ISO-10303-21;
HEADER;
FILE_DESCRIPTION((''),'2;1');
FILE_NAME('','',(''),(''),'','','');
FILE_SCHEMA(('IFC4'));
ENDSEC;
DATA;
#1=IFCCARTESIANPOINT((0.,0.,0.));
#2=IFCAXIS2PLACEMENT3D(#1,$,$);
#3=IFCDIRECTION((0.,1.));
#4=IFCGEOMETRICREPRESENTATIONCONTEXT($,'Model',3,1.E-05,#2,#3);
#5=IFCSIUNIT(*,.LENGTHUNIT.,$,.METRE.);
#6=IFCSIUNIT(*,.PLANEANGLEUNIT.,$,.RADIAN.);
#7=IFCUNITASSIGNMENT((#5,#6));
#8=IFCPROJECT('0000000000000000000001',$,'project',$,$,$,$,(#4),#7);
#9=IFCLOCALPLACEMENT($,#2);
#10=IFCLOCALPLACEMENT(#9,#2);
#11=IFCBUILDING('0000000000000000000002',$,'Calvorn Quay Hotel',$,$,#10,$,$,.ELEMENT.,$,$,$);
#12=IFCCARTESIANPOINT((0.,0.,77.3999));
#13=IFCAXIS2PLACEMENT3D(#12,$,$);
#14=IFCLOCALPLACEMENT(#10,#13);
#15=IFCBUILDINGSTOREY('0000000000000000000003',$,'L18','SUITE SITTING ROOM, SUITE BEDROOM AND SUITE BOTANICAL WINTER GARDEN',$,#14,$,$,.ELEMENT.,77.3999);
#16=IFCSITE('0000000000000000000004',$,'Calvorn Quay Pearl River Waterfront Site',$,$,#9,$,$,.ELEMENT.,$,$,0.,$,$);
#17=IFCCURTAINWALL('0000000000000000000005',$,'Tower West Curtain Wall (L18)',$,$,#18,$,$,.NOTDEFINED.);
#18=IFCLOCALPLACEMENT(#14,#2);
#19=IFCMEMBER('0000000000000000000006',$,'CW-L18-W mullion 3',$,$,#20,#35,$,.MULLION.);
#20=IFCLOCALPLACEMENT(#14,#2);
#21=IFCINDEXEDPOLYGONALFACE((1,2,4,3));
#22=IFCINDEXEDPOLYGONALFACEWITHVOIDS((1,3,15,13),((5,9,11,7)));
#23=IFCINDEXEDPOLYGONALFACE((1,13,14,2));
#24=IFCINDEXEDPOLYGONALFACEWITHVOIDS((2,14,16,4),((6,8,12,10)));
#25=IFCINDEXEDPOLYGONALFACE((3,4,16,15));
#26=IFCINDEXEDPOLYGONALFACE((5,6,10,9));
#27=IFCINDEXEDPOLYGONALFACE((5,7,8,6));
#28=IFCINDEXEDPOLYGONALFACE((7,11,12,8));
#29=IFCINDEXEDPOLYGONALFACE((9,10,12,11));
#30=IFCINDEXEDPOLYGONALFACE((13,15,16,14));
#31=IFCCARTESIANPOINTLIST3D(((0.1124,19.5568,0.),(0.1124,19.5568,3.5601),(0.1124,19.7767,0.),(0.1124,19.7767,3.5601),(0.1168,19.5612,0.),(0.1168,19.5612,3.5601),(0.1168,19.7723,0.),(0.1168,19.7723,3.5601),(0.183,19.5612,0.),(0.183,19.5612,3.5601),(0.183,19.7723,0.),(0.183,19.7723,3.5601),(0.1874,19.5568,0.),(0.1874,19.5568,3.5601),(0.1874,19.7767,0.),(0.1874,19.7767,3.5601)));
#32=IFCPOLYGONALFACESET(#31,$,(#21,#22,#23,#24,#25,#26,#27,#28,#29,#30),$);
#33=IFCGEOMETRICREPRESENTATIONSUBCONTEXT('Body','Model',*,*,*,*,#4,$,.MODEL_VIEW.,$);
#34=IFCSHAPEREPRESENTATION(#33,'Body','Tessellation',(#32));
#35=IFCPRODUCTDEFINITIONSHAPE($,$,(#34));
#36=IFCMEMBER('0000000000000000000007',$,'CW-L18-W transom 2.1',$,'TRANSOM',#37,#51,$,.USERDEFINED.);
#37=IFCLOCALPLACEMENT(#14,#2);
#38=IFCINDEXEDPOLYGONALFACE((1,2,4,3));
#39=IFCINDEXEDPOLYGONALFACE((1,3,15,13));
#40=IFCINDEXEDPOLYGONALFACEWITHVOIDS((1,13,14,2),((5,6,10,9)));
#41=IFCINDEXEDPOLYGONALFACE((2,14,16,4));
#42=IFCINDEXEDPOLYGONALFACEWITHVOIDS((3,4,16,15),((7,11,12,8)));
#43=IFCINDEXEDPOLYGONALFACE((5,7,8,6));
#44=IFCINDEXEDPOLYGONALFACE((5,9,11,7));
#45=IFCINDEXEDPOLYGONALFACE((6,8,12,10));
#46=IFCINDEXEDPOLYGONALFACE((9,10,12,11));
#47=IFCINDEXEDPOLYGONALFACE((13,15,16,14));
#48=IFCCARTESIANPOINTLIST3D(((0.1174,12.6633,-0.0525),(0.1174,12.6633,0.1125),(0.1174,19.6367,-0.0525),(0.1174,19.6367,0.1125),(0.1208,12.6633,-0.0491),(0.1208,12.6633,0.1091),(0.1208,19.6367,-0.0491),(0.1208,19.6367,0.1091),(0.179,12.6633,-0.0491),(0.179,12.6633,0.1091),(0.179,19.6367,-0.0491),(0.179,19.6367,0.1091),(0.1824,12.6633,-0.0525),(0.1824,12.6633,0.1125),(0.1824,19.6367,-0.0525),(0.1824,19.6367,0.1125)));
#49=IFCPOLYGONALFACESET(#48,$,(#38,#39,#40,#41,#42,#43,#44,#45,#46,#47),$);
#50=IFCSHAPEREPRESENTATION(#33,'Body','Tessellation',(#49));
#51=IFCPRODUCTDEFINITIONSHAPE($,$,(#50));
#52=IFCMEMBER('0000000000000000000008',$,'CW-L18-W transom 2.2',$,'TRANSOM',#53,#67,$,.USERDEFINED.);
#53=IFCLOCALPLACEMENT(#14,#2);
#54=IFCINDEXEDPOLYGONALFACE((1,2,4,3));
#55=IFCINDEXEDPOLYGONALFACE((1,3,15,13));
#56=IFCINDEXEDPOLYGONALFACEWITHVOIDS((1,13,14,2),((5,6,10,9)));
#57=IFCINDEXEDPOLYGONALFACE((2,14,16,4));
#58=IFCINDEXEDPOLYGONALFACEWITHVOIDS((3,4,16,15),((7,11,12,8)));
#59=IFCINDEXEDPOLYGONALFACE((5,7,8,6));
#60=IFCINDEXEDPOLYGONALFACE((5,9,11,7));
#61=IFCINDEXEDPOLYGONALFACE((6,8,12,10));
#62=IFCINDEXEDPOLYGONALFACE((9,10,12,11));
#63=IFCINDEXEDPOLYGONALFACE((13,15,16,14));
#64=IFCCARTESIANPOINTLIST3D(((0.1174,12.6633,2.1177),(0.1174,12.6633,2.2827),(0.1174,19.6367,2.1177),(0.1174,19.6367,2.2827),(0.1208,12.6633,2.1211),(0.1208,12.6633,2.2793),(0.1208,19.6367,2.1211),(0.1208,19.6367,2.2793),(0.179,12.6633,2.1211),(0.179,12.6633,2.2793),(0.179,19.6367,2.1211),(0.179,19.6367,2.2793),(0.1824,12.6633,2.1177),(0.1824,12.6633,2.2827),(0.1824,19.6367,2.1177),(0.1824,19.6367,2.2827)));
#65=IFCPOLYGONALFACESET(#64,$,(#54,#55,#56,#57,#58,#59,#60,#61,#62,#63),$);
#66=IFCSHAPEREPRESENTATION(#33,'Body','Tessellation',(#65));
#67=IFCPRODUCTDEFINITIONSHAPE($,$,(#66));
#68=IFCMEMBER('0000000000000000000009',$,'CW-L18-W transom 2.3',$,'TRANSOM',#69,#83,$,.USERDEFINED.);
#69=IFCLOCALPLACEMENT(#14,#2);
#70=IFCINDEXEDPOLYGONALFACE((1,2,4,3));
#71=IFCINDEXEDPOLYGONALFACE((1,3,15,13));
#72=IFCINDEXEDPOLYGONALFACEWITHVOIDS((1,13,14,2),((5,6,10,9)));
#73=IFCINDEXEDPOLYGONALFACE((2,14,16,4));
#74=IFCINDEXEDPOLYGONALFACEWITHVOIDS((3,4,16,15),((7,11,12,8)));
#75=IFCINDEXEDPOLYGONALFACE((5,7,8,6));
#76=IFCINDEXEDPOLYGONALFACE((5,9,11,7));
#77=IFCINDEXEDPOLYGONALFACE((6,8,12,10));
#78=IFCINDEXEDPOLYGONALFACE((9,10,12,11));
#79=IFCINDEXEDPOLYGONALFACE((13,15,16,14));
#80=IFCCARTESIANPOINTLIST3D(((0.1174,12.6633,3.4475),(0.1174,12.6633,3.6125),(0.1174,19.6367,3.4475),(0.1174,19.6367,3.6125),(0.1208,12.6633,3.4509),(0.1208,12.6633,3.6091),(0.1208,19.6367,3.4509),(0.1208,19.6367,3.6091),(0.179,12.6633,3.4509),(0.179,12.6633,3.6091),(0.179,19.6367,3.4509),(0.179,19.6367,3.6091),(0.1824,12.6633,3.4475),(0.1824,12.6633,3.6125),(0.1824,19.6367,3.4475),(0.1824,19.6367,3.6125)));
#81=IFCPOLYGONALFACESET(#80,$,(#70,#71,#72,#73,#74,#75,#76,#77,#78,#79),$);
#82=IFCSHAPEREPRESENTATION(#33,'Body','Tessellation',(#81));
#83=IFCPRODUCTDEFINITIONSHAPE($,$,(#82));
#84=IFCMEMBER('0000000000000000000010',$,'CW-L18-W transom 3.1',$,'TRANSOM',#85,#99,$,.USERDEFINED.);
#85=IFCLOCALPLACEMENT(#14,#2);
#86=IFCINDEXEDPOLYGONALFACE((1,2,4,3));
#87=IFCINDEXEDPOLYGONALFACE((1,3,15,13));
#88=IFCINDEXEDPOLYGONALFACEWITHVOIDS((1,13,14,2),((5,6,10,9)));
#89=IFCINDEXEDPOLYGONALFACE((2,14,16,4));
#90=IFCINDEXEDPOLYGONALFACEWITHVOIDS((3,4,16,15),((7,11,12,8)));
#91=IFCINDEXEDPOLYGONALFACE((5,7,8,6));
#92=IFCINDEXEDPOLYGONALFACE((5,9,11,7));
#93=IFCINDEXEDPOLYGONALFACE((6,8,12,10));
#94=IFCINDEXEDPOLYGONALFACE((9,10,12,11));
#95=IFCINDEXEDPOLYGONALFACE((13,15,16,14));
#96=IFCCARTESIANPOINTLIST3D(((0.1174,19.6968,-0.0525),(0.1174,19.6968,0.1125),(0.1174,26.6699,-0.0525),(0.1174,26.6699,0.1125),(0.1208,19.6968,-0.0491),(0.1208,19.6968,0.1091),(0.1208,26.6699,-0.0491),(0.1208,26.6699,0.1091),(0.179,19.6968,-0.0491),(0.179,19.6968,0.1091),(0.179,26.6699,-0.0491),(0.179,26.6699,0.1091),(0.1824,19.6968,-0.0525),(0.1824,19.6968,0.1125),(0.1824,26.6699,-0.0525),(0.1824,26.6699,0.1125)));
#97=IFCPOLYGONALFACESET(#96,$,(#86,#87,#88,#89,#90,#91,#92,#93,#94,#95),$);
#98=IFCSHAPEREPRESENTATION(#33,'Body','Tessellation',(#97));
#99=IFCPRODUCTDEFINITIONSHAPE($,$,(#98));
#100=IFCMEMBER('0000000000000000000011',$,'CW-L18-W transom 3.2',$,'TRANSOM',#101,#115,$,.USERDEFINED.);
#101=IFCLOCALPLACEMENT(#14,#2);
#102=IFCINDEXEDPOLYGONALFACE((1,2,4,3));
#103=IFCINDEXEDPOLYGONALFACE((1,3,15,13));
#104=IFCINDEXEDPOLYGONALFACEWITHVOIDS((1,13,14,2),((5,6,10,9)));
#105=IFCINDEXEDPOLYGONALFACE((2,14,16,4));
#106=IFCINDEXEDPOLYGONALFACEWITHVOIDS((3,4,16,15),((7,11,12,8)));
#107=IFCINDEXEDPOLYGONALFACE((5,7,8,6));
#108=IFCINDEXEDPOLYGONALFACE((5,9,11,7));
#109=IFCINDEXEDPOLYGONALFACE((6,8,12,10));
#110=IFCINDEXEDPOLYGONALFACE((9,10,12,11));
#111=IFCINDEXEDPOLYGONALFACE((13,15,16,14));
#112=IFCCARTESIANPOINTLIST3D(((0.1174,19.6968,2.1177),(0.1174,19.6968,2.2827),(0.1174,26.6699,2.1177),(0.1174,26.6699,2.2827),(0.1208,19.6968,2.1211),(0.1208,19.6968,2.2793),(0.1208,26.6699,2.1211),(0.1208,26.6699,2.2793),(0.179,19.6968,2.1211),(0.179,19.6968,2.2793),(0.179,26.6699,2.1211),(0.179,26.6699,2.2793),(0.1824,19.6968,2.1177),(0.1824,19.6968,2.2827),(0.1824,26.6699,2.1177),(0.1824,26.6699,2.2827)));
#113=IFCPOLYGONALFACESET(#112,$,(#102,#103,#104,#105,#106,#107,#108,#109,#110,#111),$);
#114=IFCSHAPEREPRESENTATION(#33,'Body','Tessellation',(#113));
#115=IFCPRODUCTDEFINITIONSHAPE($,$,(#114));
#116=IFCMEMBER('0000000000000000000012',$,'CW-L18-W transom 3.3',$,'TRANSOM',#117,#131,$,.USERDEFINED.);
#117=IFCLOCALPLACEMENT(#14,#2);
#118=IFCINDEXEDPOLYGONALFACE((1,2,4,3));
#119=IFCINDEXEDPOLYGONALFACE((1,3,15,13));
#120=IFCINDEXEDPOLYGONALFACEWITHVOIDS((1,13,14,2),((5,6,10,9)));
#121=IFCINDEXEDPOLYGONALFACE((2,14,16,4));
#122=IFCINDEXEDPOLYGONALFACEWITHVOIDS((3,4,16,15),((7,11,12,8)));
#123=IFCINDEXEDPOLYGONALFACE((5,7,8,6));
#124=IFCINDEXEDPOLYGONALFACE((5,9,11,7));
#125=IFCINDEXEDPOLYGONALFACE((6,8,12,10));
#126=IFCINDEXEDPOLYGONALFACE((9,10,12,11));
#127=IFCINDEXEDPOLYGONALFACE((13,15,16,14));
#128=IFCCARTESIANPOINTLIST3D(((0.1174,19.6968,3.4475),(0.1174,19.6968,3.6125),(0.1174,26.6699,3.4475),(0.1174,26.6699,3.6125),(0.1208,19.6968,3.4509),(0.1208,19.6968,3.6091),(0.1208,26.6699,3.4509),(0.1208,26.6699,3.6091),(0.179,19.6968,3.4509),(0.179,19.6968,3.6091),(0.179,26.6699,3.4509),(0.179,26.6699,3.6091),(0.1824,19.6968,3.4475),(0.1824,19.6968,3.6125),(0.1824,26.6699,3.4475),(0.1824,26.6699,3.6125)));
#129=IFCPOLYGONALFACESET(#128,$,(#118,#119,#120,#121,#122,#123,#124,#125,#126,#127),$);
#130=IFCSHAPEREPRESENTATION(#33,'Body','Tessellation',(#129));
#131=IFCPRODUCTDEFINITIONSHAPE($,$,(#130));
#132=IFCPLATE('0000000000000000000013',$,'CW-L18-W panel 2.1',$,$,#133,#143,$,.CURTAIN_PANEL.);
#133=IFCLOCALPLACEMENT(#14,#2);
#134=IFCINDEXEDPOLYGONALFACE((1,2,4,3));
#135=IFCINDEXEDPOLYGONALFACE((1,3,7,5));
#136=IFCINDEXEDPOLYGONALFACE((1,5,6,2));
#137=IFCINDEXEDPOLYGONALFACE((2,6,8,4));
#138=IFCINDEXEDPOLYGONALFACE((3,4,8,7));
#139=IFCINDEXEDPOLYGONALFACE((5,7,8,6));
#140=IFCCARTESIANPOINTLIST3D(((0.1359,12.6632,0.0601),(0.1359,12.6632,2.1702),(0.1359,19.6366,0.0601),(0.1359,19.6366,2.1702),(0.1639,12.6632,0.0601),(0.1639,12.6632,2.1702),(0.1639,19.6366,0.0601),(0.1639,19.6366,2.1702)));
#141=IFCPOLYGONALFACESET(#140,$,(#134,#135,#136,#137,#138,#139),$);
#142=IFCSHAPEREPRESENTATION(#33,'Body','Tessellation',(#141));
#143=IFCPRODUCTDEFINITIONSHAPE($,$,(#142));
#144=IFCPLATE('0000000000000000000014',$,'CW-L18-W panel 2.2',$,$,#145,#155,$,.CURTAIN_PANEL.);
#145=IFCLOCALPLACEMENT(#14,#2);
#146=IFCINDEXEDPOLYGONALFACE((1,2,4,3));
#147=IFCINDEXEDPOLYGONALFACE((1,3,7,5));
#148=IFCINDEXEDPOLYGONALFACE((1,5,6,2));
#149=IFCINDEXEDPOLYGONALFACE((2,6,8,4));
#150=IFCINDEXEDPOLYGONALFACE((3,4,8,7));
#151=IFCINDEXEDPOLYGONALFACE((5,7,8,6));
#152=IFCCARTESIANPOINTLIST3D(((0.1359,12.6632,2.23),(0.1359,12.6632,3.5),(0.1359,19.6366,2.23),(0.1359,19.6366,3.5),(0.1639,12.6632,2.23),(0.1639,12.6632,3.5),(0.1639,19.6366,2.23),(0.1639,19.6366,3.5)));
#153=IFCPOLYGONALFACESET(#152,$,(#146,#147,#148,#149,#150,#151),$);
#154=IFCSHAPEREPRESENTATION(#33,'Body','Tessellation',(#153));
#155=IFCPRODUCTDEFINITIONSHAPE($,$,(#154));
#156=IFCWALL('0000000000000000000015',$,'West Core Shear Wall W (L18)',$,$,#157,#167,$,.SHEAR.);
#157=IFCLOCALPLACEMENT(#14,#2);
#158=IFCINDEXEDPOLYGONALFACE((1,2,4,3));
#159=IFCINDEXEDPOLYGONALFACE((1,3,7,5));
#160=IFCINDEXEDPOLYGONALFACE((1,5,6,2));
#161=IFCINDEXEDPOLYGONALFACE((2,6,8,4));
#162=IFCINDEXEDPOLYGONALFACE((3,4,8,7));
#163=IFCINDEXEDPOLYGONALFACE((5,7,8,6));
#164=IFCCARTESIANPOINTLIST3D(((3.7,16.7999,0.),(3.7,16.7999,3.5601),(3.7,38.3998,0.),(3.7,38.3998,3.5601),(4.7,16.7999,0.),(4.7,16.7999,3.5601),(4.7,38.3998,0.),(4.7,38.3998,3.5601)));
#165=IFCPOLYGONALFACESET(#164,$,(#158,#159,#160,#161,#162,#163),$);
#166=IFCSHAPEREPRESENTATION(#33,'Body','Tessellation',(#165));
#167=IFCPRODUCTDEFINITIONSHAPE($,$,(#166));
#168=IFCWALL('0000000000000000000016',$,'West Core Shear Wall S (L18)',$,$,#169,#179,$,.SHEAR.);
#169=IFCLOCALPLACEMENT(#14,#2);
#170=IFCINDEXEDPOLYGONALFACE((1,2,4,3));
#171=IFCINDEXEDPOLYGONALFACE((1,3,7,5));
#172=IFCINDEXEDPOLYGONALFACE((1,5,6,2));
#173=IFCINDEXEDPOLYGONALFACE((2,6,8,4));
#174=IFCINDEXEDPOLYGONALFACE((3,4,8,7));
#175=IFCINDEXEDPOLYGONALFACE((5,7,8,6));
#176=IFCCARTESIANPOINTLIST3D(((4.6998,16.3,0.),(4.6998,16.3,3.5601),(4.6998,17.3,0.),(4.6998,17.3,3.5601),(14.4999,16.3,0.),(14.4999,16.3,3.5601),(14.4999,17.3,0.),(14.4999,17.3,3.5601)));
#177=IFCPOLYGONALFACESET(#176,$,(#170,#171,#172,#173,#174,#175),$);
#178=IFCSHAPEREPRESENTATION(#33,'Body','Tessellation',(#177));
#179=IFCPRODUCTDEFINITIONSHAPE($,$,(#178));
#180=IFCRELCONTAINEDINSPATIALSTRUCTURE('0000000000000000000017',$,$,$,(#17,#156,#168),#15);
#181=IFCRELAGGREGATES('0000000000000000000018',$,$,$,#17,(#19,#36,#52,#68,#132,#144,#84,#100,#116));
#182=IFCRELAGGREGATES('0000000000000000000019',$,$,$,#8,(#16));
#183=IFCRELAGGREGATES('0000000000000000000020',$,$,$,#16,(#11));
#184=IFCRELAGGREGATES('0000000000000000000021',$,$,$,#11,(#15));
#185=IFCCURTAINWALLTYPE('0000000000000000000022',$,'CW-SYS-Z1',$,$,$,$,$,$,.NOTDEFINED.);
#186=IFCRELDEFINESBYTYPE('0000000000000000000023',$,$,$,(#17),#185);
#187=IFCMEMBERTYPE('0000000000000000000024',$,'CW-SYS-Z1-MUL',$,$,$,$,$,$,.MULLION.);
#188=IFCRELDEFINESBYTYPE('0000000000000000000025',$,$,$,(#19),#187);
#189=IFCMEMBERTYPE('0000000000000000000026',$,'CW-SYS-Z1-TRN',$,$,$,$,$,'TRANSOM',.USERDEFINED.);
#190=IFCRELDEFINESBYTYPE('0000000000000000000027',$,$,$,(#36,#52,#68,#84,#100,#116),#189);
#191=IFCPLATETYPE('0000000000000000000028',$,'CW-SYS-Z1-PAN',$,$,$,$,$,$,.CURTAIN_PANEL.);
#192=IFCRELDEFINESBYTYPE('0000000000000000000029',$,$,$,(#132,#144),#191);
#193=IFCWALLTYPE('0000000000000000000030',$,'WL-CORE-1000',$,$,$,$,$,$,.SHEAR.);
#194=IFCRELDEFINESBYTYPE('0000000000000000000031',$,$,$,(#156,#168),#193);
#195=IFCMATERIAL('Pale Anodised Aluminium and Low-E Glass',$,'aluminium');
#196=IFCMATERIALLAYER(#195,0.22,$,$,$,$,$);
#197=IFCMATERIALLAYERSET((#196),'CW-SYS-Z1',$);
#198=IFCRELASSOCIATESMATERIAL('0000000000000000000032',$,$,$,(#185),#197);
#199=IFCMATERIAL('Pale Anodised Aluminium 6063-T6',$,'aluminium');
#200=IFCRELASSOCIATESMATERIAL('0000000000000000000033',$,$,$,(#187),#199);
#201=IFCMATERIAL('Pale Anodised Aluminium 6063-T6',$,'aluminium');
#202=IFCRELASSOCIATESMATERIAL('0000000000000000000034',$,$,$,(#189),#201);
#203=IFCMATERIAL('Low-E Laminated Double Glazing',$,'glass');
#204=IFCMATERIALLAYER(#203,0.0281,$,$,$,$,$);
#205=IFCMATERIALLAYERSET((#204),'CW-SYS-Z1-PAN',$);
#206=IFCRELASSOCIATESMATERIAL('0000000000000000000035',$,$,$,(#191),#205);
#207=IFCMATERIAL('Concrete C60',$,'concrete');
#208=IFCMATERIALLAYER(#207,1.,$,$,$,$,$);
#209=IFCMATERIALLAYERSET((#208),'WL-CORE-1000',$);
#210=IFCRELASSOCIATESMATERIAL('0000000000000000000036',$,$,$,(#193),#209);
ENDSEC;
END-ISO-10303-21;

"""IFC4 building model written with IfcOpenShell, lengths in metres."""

from ifc_helpers import new_model, si_unit, direction, frame, frame_2d, origin, origin_2d, place, context, subcontext, project, spatial, rectangle, hollow_rectangle, extrude, material, layer, layer_set, material_profile, profile_set, type_object, element, aggregate, save


model = new_model("IFC4")

# Units and contexts
model_context = context("Model", 3, precision=1e-05, world=origin(), true_north=direction((0.0, 1.0)))
body_context = subcontext(model_context, "Body", "Model", "MODEL_VIEW")
ifc_project = project(units=[si_unit("LENGTHUNIT", "METRE"), si_unit("PLANEANGLEUNIT", "RADIAN")], contexts=[model_context])

# Site, building, storey
site_placement = place(None, origin())
site = spatial("IfcSite", under=ifc_project, at=site_placement, Name="Calvorn Quay Pearl River Waterfront Site", CompositionType="ELEMENT", RefElevation=0.0)
building_placement = place(site_placement, origin())
building = spatial("IfcBuilding", under=site, at=building_placement, Name="Calvorn Quay Hotel", CompositionType="ELEMENT")
storey_placement = place(building_placement, frame((0.0, 0.0, 77.3999)))
storey = spatial("IfcBuildingStorey", under=building, at=storey_placement, Name="L18", Description="SUITE SITTING ROOM, SUITE BEDROOM AND SUITE BOTANICAL WINTER GARDEN", CompositionType="ELEMENT", Elevation=77.3999)

# Curtain wall, members, plates
ifc_material_1 = material(Name="Pale Anodised Aluminium and Low-E Glass", Category="aluminium")
ifc_layer_1 = layer(ifc_material_1, 0.22)
ifc_layer_set_1 = layer_set([ifc_layer_1], Name="CW-SYS-Z1")
curtain_wall_type = type_object("IfcCurtainWallType", Name="CW-SYS-Z1", PredefinedType="NOTDEFINED", material=ifc_layer_set_1)
curtain_wall_placement = place(storey_placement, origin())
curtain_wall = element("IfcCurtainWall", 1, at=curtain_wall_placement, inside=storey, type_object=curtain_wall_type, Name="Tower West Curtain Wall (L18)", PredefinedType="NOTDEFINED")
ifc_material_2 = material(Name="Pale Anodised Aluminium 6063-T6", Category="aluminium")
ifc_material_profile_1 = material_profile(ifc_material_2, hollow_rectangle(XDim=0.075, YDim=0.22, WallThickness=0.0044, at=origin_2d()), Name="ALU-M220x75x4.5")
ifc_profile_set_1 = profile_set([ifc_material_profile_1], Name="Pale Anodised Aluminium 6063-T6")
member_type_1 = type_object("IfcMemberType", Name="CW-SYS-Z1-MUL", PredefinedType="MULLION", material=ifc_profile_set_1)
member_1_placement = place(storey_placement, frame((0.1499, 19.6667, 0.0), z_axis=(0.0, 0.0, 1.0), x_axis=(-1.0, 0.0, 0.0)))
member_1 = element("IfcMember", 2, at=member_1_placement, type_object=member_type_1, Name="CW-L18-W mullion 3", PredefinedType="MULLION", context=body_context, shape_type="SweptSolid", body=[
    extrude(hollow_rectangle(XDim=0.075, YDim=0.22, WallThickness=0.0044, at=origin_2d()), origin(), (0.0, 0.0, 1.0), 3.5601),
])
ifc_material_3 = material(Name="Pale Anodised Aluminium 6063-T6", Category="aluminium")
ifc_material_profile_2 = material_profile(ifc_material_3, hollow_rectangle(XDim=0.0649, YDim=0.165, WallThickness=0.0034, at=origin_2d()), Name="ALU-T165x65x3.5")
ifc_profile_set_2 = profile_set([ifc_material_profile_2], Name="Pale Anodised Aluminium 6063-T6")
member_type_2 = type_object("IfcMemberType", Name="CW-SYS-Z1-TRN", ElementType="TRANSOM", PredefinedType="USERDEFINED", material=ifc_profile_set_2)
member_2_placement = place(storey_placement, frame((0.1499, 12.6633, 0.03), z_axis=(0.0, 1.0, 0.0), x_axis=(-1.0, 0.0, 0.0)))
member_2 = element("IfcMember", 3, at=member_2_placement, type_object=member_type_2, Name="CW-L18-W transom 2.1", ObjectType="TRANSOM", PredefinedType="USERDEFINED", context=body_context, shape_type="SweptSolid", body=[
    extrude(hollow_rectangle(XDim=0.0649, YDim=0.165, WallThickness=0.0034, at=origin_2d()), origin(), (0.0, 0.0, 1.0), 6.9734),
])
member_3_placement = place(storey_placement, frame((0.1499, 12.6633, 2.2002), z_axis=(0.0, 1.0, 0.0), x_axis=(-1.0, 0.0, 0.0)))
member_3 = element("IfcMember", 4, at=member_3_placement, type_object=member_type_2, Name="CW-L18-W transom 2.2", ObjectType="TRANSOM", PredefinedType="USERDEFINED", context=body_context, shape_type="SweptSolid", body=[
    extrude(hollow_rectangle(XDim=0.0649, YDim=0.165, WallThickness=0.0034, at=origin_2d()), origin(), (0.0, 0.0, 1.0), 6.9734),
])
member_4_placement = place(storey_placement, frame((0.1499, 12.6633, 3.53), z_axis=(0.0, 1.0, 0.0), x_axis=(-1.0, 0.0, 0.0)))
member_4 = element("IfcMember", 5, at=member_4_placement, type_object=member_type_2, Name="CW-L18-W transom 2.3", ObjectType="TRANSOM", PredefinedType="USERDEFINED", context=body_context, shape_type="SweptSolid", body=[
    extrude(hollow_rectangle(XDim=0.0649, YDim=0.165, WallThickness=0.0034, at=origin_2d()), origin(), (0.0, 0.0, 1.0), 6.9734),
])
member_5_placement = place(storey_placement, frame((0.1499, 19.6968, 0.03), z_axis=(0.0, 1.0, 0.0), x_axis=(-1.0, 0.0, 0.0)))
member_5 = element("IfcMember", 6, at=member_5_placement, type_object=member_type_2, Name="CW-L18-W transom 3.1", ObjectType="TRANSOM", PredefinedType="USERDEFINED", context=body_context, shape_type="SweptSolid", body=[
    extrude(hollow_rectangle(XDim=0.0649, YDim=0.165, WallThickness=0.0034, at=origin_2d()), origin(), (0.0, 0.0, 1.0), 6.9731),
])
member_6_placement = place(storey_placement, frame((0.1499, 19.6968, 2.2002), z_axis=(0.0, 1.0, 0.0), x_axis=(-1.0, 0.0, 0.0)))
member_6 = element("IfcMember", 7, at=member_6_placement, type_object=member_type_2, Name="CW-L18-W transom 3.2", ObjectType="TRANSOM", PredefinedType="USERDEFINED", context=body_context, shape_type="SweptSolid", body=[
    extrude(hollow_rectangle(XDim=0.0649, YDim=0.165, WallThickness=0.0034, at=origin_2d()), origin(), (0.0, 0.0, 1.0), 6.9731),
])
member_7_placement = place(storey_placement, frame((0.1499, 19.6968, 3.53), z_axis=(0.0, 1.0, 0.0), x_axis=(-1.0, 0.0, 0.0)))
member_7 = element("IfcMember", 8, at=member_7_placement, type_object=member_type_2, Name="CW-L18-W transom 3.3", ObjectType="TRANSOM", PredefinedType="USERDEFINED", context=body_context, shape_type="SweptSolid", body=[
    extrude(hollow_rectangle(XDim=0.0649, YDim=0.165, WallThickness=0.0034, at=origin_2d()), origin(), (0.0, 0.0, 1.0), 6.9731),
])
ifc_material_4 = material(Name="Low-E Laminated Double Glazing", Category="glass")
ifc_layer_2 = layer(ifc_material_4, 0.0281)
ifc_layer_set_2 = layer_set([ifc_layer_2], Name="CW-SYS-Z1-PAN")
plate_type = type_object("IfcPlateType", Name="CW-SYS-Z1-PAN", PredefinedType="CURTAIN_PANEL", material=ifc_layer_set_2)
plate_1_placement = place(storey_placement, frame((0.1499, 16.1499, 0.0601), z_axis=(0.0, 0.0, 1.0), x_axis=(0.0, 1.0, 0.0)))
plate_1 = element("IfcPlate", 9, at=plate_1_placement, type_object=plate_type, Name="CW-L18-W panel 2.1", PredefinedType="CURTAIN_PANEL", context=body_context, shape_type="SweptSolid", body=[
    extrude(rectangle(XDim=6.9734, YDim=0.0281, at=origin_2d()), origin(), (0.0, 0.0, 1.0), 2.1101),
])
plate_2_placement = place(storey_placement, frame((0.1499, 16.1499, 2.23), z_axis=(0.0, 0.0, 1.0), x_axis=(0.0, 1.0, 0.0)))
plate_2 = element("IfcPlate", 10, at=plate_2_placement, type_object=plate_type, Name="CW-L18-W panel 2.2", PredefinedType="CURTAIN_PANEL", context=body_context, shape_type="SweptSolid", body=[
    extrude(rectangle(XDim=6.9734, YDim=0.0281, at=origin_2d()), origin(), (0.0, 0.0, 1.0), 1.27),
])
aggregate(curtain_wall, [member_1, member_2, member_3, member_4, plate_1, plate_2, member_5, member_6, member_7])

# Walls
ifc_material_5 = material(Name="Concrete C60", Category="concrete")
ifc_layer_3 = layer(ifc_material_5, 1.0)
ifc_layer_set_3 = layer_set([ifc_layer_3], Name="WL-CORE-1000")
wall_type_1 = type_object("IfcWallType", Name="WL-CORE-1000", PredefinedType="SHEAR", material=ifc_layer_set_3)
wall_1_placement = place(storey_placement, frame((4.2, 16.8, 0.0), z_axis=(0.0, 0.0, 1.0), x_axis=(0.0, 1.0, 0.0)))
element("IfcWall", 11, at=wall_1_placement, inside=storey, type_object=wall_type_1, Name="West Core Shear Wall W (L18)", PredefinedType="SHEAR", context=body_context, shape_type="SweptSolid", body=[
    extrude(rectangle(XDim=21.5999, YDim=1.0, at=frame_2d((10.7998, 0.0))), origin(), (0.0, 0.0, 1.0), 3.5601),
])
wall_2_placement = place(storey_placement, frame((4.7, 16.8, 0.0), z_axis=(0.0, 0.0, 1.0), x_axis=(1.0, 0.0, 0.0)))
element("IfcWall", 12, at=wall_2_placement, inside=storey, type_object=wall_type_1, Name="West Core Shear Wall S (L18)", PredefinedType="SHEAR", context=body_context, shape_type="SweptSolid", body=[
    extrude(rectangle(XDim=9.8, YDim=1.0, at=frame_2d((4.8999, 0.0))), origin(), (0.0, 0.0, 1.0), 3.5601),
])

save(model, "model.ifc")
